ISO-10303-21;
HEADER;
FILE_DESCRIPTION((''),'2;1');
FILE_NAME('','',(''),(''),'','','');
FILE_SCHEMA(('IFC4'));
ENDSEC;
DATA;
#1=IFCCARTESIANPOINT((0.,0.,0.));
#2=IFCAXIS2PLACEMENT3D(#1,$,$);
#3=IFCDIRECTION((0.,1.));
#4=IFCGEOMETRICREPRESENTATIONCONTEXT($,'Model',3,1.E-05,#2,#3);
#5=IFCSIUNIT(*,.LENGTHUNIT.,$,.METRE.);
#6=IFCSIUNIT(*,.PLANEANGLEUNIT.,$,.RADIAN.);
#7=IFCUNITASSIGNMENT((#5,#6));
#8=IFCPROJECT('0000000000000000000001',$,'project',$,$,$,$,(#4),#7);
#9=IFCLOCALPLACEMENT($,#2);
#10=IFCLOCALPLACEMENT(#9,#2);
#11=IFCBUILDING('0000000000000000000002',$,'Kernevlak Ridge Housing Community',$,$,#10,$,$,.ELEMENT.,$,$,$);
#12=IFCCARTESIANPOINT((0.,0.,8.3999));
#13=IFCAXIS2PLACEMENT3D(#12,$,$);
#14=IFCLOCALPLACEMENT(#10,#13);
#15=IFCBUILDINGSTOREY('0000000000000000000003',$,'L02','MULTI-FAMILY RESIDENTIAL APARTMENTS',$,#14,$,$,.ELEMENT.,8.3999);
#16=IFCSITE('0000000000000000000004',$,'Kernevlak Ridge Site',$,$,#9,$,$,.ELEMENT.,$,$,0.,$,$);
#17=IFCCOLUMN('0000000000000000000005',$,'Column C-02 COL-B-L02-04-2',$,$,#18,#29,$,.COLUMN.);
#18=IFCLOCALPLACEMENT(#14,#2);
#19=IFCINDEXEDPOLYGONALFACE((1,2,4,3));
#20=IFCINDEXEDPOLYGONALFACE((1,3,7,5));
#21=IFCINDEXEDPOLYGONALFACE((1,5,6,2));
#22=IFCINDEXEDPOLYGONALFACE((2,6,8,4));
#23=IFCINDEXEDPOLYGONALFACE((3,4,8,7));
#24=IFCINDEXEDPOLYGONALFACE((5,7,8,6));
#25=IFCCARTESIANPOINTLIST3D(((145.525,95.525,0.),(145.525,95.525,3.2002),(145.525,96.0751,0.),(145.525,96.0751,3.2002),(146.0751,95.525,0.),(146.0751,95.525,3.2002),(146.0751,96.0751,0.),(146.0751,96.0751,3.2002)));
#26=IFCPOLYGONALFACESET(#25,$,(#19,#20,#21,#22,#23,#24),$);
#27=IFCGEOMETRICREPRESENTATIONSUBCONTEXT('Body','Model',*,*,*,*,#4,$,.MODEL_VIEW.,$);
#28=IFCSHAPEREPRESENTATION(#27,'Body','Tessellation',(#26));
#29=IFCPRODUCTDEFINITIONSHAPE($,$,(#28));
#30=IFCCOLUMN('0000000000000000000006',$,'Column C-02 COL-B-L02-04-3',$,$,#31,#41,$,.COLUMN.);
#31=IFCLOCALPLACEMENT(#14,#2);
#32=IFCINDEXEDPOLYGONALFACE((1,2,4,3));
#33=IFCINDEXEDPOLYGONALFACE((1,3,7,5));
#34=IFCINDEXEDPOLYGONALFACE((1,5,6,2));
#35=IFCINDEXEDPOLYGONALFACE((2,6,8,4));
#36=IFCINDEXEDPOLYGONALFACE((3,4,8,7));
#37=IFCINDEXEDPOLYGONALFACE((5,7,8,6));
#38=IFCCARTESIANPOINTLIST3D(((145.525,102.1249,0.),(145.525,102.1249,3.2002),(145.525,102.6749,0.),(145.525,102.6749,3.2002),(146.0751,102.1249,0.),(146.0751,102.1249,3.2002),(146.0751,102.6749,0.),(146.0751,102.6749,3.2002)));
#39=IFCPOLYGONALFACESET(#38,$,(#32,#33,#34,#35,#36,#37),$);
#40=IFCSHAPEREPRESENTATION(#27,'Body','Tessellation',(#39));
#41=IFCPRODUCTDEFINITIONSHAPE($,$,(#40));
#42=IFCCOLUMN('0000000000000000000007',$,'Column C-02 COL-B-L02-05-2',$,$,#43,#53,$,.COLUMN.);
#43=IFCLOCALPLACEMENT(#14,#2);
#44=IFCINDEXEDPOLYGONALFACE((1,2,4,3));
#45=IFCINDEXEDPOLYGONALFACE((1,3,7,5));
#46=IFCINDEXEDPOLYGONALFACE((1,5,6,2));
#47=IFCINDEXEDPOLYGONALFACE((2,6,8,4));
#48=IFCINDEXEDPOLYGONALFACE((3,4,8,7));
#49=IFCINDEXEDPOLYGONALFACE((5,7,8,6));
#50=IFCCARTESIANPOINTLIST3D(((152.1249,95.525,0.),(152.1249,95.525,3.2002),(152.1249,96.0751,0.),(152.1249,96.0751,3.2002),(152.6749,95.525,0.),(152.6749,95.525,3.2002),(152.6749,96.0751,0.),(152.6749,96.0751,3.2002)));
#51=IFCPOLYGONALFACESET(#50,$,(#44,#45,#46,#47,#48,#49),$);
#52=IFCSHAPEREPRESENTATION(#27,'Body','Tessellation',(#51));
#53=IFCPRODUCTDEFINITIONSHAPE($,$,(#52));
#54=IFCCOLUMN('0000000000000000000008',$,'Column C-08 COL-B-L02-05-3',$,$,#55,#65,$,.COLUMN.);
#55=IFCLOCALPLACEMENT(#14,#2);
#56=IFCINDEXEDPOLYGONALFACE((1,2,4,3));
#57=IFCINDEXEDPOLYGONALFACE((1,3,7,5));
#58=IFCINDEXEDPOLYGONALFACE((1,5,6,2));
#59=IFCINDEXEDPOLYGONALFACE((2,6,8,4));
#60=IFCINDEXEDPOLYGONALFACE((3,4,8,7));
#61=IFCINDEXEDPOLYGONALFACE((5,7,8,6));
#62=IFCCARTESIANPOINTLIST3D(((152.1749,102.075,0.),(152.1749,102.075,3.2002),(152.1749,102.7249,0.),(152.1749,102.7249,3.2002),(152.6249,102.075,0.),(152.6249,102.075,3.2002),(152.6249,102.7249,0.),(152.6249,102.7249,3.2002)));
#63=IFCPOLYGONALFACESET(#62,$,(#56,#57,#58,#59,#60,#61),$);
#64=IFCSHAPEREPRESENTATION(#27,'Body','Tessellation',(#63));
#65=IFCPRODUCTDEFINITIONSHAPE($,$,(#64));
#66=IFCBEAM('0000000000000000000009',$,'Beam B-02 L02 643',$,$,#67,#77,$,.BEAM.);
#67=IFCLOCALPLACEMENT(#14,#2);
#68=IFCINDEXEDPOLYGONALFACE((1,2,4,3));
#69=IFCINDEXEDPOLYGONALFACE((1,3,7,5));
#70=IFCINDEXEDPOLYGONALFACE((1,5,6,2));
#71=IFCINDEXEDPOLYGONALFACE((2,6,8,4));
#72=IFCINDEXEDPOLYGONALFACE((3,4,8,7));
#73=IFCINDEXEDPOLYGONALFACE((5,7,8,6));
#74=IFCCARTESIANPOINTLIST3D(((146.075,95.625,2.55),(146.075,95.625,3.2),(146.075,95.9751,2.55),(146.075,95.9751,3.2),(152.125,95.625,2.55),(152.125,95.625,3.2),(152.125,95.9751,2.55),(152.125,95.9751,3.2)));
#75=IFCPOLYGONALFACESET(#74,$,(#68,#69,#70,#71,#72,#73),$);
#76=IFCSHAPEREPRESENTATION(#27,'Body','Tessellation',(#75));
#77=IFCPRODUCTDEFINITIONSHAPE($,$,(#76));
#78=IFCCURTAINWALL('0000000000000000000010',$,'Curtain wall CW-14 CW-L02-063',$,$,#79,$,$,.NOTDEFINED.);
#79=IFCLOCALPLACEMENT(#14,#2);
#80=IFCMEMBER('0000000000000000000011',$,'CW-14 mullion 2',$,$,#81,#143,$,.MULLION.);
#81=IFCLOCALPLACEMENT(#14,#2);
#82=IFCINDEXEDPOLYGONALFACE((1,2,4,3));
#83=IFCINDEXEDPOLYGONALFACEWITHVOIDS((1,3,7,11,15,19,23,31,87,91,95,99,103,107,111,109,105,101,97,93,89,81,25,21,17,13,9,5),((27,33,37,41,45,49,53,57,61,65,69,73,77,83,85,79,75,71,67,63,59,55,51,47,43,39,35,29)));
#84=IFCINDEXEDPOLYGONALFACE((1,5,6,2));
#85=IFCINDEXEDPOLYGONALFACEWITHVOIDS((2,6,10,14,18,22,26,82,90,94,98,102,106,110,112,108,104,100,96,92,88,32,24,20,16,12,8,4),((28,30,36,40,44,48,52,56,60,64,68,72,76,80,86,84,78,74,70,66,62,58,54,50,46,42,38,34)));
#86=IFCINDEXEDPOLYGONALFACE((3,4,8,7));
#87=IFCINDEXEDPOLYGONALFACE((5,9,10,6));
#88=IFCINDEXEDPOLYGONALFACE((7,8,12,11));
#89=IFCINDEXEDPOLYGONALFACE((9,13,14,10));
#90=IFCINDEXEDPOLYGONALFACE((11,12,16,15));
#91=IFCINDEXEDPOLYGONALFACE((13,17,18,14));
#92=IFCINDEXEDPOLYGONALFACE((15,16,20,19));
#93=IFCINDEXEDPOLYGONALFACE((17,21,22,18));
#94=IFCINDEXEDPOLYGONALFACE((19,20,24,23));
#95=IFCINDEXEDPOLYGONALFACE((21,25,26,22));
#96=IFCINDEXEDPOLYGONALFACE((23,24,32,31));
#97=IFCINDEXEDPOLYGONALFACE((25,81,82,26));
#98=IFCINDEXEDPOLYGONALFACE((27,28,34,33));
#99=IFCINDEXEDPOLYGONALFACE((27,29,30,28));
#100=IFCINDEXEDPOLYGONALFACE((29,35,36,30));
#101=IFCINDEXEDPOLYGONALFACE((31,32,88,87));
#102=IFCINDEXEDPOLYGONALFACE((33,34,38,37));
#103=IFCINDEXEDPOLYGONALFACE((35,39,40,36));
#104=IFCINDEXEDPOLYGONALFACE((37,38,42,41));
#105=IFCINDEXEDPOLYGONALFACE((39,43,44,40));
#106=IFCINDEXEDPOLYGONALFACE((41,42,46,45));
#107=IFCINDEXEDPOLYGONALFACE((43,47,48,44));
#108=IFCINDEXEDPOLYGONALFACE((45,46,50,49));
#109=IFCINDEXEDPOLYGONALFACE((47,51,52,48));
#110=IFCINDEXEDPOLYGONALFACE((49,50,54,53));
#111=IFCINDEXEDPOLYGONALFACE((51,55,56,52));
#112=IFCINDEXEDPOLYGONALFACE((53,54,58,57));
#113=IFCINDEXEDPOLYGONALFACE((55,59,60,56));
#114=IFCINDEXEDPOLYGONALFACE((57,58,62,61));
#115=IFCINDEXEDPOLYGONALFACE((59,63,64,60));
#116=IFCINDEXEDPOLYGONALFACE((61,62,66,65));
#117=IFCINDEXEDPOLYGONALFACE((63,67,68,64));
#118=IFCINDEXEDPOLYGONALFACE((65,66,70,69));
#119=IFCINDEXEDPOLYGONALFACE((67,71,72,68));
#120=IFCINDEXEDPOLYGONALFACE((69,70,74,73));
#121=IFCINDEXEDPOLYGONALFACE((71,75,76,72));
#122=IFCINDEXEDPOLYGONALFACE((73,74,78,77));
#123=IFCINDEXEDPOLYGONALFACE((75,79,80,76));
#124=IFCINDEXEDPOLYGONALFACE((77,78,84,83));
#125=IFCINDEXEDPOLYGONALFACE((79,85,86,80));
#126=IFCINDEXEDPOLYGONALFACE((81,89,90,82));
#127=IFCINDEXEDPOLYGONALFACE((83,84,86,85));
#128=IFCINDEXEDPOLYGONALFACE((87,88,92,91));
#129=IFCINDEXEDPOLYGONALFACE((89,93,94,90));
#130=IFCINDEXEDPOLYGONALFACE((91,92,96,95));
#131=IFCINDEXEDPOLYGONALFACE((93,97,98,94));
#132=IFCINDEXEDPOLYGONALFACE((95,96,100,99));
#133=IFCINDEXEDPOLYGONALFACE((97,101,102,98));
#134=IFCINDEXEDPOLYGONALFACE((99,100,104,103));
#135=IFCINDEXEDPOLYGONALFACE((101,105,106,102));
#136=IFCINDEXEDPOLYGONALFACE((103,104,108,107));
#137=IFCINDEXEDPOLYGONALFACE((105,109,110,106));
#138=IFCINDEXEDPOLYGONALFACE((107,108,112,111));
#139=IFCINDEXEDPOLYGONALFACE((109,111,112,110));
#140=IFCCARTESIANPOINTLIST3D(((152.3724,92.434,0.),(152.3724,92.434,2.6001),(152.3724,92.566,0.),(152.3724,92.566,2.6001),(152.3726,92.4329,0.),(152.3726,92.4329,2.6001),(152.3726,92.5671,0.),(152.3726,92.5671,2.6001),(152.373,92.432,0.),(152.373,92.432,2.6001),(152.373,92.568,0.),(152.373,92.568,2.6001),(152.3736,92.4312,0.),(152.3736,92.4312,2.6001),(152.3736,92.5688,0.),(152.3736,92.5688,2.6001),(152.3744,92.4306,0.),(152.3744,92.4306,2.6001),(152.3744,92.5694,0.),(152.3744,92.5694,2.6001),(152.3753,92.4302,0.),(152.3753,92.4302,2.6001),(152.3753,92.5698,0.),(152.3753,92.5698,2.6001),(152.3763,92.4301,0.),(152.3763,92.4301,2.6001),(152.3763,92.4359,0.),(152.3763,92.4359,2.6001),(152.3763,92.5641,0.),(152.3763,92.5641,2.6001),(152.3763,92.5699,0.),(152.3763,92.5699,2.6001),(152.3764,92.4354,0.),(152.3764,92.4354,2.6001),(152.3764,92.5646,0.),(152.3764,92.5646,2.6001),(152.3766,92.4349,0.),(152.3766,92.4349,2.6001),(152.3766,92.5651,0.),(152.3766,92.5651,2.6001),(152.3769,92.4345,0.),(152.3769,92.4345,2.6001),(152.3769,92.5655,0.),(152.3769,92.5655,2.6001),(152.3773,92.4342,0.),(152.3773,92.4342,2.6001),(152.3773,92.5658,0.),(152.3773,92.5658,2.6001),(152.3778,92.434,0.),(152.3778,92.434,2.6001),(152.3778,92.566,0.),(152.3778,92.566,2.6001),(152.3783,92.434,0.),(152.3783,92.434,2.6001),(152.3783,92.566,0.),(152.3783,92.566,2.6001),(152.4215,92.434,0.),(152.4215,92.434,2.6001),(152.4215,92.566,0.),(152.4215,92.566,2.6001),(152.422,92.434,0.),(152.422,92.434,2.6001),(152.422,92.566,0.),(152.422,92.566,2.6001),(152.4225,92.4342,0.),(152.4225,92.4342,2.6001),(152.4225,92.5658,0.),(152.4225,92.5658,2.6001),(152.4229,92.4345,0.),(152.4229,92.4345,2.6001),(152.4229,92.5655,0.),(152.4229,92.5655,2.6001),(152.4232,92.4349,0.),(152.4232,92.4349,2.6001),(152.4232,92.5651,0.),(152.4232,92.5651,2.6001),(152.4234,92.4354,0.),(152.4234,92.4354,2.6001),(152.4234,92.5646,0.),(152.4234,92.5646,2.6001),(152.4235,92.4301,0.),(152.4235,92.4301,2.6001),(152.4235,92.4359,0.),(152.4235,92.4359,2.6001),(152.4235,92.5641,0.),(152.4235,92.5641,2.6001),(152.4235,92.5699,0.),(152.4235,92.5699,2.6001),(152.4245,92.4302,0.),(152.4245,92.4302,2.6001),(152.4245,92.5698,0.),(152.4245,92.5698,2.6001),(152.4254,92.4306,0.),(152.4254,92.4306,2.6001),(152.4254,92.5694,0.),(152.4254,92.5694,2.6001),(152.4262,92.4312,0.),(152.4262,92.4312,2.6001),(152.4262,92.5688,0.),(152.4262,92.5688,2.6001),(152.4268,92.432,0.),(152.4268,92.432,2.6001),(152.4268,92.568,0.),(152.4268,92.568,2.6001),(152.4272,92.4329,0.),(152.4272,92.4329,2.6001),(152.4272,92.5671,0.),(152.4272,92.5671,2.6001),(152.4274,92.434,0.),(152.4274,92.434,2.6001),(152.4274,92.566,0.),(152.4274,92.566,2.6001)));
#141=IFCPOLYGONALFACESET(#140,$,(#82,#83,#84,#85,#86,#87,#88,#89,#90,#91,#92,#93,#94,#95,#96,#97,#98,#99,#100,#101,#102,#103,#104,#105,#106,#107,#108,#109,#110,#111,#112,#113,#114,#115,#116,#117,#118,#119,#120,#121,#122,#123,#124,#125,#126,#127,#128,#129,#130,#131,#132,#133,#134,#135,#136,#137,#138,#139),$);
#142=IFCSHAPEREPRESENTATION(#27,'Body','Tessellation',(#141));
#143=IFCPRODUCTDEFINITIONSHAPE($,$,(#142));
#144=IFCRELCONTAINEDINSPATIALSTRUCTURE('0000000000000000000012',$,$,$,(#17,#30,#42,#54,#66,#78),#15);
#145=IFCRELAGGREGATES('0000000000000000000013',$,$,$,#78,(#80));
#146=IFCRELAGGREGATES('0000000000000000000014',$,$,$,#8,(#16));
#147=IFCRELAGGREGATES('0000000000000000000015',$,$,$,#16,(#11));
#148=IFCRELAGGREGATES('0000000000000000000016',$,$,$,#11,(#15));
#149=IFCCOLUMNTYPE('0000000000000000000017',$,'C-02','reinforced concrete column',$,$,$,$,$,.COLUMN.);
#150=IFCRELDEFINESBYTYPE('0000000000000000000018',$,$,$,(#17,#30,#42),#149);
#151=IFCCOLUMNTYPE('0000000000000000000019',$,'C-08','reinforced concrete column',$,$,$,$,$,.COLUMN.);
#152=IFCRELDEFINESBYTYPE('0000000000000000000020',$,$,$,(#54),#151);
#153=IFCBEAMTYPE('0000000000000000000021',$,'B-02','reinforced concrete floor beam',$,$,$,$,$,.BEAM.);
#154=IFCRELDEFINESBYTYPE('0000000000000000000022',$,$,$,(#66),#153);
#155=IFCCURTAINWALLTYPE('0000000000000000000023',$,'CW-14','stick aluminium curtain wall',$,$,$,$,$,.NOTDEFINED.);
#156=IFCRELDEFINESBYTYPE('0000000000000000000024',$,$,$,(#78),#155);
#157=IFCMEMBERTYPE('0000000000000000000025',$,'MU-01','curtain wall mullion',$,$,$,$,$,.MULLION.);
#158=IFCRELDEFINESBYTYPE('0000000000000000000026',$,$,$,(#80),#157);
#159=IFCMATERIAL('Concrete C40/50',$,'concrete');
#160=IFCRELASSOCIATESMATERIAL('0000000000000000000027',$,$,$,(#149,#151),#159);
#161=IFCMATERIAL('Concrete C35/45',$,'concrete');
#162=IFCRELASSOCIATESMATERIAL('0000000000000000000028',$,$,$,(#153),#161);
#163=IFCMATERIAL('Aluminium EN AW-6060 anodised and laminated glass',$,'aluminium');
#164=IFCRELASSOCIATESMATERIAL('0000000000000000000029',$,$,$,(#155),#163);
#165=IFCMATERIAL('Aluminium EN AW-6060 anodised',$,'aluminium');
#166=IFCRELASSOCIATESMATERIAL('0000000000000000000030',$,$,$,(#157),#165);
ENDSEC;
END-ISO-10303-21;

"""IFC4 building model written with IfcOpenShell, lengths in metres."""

from ifc_helpers import new_model, si_unit, direction, frame, origin, origin_2d, place, context, subcontext, project, spatial, rectangle, hollow_rectangle, extrude, material, material_profile, profile_set, type_object, element, aggregate, save


model = new_model("IFC4")

# Units and contexts
model_context = context("Model", 3, precision=1e-05, world=origin(), true_north=direction((0.0, 1.0)))
body_context = subcontext(model_context, "Body", "Model", "MODEL_VIEW")
ifc_project = project(units=[si_unit("LENGTHUNIT", "METRE"), si_unit("PLANEANGLEUNIT", "RADIAN")], contexts=[model_context])

# Site, building, storey
site_placement = place(None, origin())
site = spatial("IfcSite", under=ifc_project, at=site_placement, Name="Kernevlak Ridge Site", CompositionType="ELEMENT", RefElevation=0.0)
building_placement = place(site_placement, origin())
building = spatial("IfcBuilding", under=site, at=building_placement, Name="Kernevlak Ridge Housing Community", CompositionType="ELEMENT")
storey_placement = place(building_placement, frame((0.0, 0.0, 8.3999)))
storey = spatial("IfcBuildingStorey", under=building, at=storey_placement, Name="L02", Description="MULTI-FAMILY RESIDENTIAL APARTMENTS", CompositionType="ELEMENT", Elevation=8.3999)

# Columns
ifc_material_1 = material(Name="Concrete C40/50", Category="concrete")
ifc_material_profile_1 = material_profile(ifc_material_1, rectangle(XDim=0.55, YDim=0.55, at=origin_2d()), Name="RC 550x550")
ifc_profile_set_1 = profile_set([ifc_material_profile_1], Name="Concrete C40/50")
column_type_1 = type_object("IfcColumnType", Name="C-02", Description="reinforced concrete column", PredefinedType="COLUMN", material=ifc_profile_set_1)
for number, where, z_axis, x_axis, name in (
    (1, (145.8, 95.8, 0.0), (0.0, 0.0, 1.0), (1.0, 0.0, 0.0), "Column C-02 COL-B-L02-04-2"),
    (2, (145.8, 102.3999, 0.0), (0.0, 0.0, 1.0), (1.0, 0.0, 0.0), "Column C-02 COL-B-L02-04-3"),
    (3, (152.3999, 95.8, 0.0), (0.0, 0.0, 1.0), (1.0, 0.0, 0.0), "Column C-02 COL-B-L02-05-2"),
):
    element("IfcColumn", number, at=place(storey_placement, frame(where, z_axis=z_axis, x_axis=x_axis)), inside=storey, type_object=column_type_1, Name=name, PredefinedType="COLUMN", context=body_context, shape_type="SweptSolid", body=[
        extrude(rectangle(XDim=0.55, YDim=0.55, at=origin_2d()), origin(), (0.0, 0.0, 1.0), 3.2002),
    ])
ifc_material_profile_2 = material_profile(ifc_material_1, rectangle(XDim=0.45, YDim=0.6499, at=origin_2d()), Name="RC 450x650")
ifc_profile_set_2 = profile_set([ifc_material_profile_2], Name="Concrete C40/50")
column_type_2 = type_object("IfcColumnType", Name="C-08", Description="reinforced concrete column", PredefinedType="COLUMN", material=ifc_profile_set_2)
column_placement = place(storey_placement, frame((152.3999, 102.3999, 0.0), z_axis=(0.0, 0.0, 1.0), x_axis=(1.0, 0.0, 0.0)))
element("IfcColumn", 4, at=column_placement, inside=storey, type_object=column_type_2, Name="Column C-08 COL-B-L02-05-3", PredefinedType="COLUMN", context=body_context, shape_type="SweptSolid", body=[
    extrude(rectangle(XDim=0.45, YDim=0.6499, at=origin_2d()), origin(), (0.0, 0.0, 1.0), 3.2002),
])

# Beam
ifc_material_2 = material(Name="Concrete C35/45", Category="concrete")
ifc_material_profile_3 = material_profile(ifc_material_2, rectangle(XDim=0.3501, YDim=0.6499, at=origin_2d()), Name="RC 350x650")
ifc_profile_set_3 = profile_set([ifc_material_profile_3], Name="Concrete C35/45")
beam_type_1 = type_object("IfcBeamType", Name="B-02", Description="reinforced concrete floor beam", PredefinedType="BEAM", material=ifc_profile_set_3)
beam_1_placement = place(storey_placement, frame((146.075, 95.8, 2.875), z_axis=(1.0, 0.0, 0.0), x_axis=(0.0, 1.0, 0.0)))
element("IfcBeam", 5, at=beam_1_placement, inside=storey, type_object=beam_type_1, Name="Beam B-02 L02 643", PredefinedType="BEAM", context=body_context, shape_type="SweptSolid", body=[
    extrude(rectangle(XDim=0.3501, YDim=0.6499, at=origin_2d()), origin(), (0.0, 0.0, 1.0), 6.05),
])

# Curtain wall, member
ifc_material_3 = material(Name="Aluminium EN AW-6060 anodised and laminated glass", Category="aluminium")
curtain_wall_type = type_object("IfcCurtainWallType", Name="CW-14", Description="stick aluminium curtain wall", PredefinedType="NOTDEFINED", material=ifc_material_3)
curtain_wall_placement = place(storey_placement, origin())
curtain_wall = element("IfcCurtainWall", 6, at=curtain_wall_placement, inside=storey, type_object=curtain_wall_type, Name="Curtain wall CW-14 CW-L02-063", PredefinedType="NOTDEFINED")
ifc_material_4 = material(Name="Aluminium EN AW-6060 anodised", Category="aluminium")
ifc_material_profile_4 = material_profile(ifc_material_4, hollow_rectangle(XDim=0.0549, YDim=0.1399, WallThickness=0.0039, InnerFilletRadius=0.002, OuterFilletRadius=0.0039, at=origin_2d()), Name="ALU 55x140x4")
ifc_profile_set_4 = profile_set([ifc_material_profile_4], Name="Aluminium EN AW-6060 anodised")
member_type_1 = type_object("IfcMemberType", Name="MU-01", Description="curtain wall mullion", PredefinedType="MULLION", material=ifc_profile_set_4)
member_1_placement = place(storey_placement, frame((152.3999, 92.5, 0.0), z_axis=(0.0, 0.0, 1.0), x_axis=(-1.0, 0.0, 0.0)))
member_1 = element("IfcMember", 7, at=member_1_placement, type_object=member_type_1, Name="CW-14 mullion 2", PredefinedType="MULLION", context=body_context, shape_type="SweptSolid", body=[
    extrude(hollow_rectangle(XDim=0.0549, YDim=0.1399, WallThickness=0.0039, InnerFilletRadius=0.002, OuterFilletRadius=0.0039, at=origin_2d()), origin(), (0.0, 0.0, 1.0), 2.6001),
])

aggregate(curtain_wall, [member_1])

save(model, "model.ifc")
